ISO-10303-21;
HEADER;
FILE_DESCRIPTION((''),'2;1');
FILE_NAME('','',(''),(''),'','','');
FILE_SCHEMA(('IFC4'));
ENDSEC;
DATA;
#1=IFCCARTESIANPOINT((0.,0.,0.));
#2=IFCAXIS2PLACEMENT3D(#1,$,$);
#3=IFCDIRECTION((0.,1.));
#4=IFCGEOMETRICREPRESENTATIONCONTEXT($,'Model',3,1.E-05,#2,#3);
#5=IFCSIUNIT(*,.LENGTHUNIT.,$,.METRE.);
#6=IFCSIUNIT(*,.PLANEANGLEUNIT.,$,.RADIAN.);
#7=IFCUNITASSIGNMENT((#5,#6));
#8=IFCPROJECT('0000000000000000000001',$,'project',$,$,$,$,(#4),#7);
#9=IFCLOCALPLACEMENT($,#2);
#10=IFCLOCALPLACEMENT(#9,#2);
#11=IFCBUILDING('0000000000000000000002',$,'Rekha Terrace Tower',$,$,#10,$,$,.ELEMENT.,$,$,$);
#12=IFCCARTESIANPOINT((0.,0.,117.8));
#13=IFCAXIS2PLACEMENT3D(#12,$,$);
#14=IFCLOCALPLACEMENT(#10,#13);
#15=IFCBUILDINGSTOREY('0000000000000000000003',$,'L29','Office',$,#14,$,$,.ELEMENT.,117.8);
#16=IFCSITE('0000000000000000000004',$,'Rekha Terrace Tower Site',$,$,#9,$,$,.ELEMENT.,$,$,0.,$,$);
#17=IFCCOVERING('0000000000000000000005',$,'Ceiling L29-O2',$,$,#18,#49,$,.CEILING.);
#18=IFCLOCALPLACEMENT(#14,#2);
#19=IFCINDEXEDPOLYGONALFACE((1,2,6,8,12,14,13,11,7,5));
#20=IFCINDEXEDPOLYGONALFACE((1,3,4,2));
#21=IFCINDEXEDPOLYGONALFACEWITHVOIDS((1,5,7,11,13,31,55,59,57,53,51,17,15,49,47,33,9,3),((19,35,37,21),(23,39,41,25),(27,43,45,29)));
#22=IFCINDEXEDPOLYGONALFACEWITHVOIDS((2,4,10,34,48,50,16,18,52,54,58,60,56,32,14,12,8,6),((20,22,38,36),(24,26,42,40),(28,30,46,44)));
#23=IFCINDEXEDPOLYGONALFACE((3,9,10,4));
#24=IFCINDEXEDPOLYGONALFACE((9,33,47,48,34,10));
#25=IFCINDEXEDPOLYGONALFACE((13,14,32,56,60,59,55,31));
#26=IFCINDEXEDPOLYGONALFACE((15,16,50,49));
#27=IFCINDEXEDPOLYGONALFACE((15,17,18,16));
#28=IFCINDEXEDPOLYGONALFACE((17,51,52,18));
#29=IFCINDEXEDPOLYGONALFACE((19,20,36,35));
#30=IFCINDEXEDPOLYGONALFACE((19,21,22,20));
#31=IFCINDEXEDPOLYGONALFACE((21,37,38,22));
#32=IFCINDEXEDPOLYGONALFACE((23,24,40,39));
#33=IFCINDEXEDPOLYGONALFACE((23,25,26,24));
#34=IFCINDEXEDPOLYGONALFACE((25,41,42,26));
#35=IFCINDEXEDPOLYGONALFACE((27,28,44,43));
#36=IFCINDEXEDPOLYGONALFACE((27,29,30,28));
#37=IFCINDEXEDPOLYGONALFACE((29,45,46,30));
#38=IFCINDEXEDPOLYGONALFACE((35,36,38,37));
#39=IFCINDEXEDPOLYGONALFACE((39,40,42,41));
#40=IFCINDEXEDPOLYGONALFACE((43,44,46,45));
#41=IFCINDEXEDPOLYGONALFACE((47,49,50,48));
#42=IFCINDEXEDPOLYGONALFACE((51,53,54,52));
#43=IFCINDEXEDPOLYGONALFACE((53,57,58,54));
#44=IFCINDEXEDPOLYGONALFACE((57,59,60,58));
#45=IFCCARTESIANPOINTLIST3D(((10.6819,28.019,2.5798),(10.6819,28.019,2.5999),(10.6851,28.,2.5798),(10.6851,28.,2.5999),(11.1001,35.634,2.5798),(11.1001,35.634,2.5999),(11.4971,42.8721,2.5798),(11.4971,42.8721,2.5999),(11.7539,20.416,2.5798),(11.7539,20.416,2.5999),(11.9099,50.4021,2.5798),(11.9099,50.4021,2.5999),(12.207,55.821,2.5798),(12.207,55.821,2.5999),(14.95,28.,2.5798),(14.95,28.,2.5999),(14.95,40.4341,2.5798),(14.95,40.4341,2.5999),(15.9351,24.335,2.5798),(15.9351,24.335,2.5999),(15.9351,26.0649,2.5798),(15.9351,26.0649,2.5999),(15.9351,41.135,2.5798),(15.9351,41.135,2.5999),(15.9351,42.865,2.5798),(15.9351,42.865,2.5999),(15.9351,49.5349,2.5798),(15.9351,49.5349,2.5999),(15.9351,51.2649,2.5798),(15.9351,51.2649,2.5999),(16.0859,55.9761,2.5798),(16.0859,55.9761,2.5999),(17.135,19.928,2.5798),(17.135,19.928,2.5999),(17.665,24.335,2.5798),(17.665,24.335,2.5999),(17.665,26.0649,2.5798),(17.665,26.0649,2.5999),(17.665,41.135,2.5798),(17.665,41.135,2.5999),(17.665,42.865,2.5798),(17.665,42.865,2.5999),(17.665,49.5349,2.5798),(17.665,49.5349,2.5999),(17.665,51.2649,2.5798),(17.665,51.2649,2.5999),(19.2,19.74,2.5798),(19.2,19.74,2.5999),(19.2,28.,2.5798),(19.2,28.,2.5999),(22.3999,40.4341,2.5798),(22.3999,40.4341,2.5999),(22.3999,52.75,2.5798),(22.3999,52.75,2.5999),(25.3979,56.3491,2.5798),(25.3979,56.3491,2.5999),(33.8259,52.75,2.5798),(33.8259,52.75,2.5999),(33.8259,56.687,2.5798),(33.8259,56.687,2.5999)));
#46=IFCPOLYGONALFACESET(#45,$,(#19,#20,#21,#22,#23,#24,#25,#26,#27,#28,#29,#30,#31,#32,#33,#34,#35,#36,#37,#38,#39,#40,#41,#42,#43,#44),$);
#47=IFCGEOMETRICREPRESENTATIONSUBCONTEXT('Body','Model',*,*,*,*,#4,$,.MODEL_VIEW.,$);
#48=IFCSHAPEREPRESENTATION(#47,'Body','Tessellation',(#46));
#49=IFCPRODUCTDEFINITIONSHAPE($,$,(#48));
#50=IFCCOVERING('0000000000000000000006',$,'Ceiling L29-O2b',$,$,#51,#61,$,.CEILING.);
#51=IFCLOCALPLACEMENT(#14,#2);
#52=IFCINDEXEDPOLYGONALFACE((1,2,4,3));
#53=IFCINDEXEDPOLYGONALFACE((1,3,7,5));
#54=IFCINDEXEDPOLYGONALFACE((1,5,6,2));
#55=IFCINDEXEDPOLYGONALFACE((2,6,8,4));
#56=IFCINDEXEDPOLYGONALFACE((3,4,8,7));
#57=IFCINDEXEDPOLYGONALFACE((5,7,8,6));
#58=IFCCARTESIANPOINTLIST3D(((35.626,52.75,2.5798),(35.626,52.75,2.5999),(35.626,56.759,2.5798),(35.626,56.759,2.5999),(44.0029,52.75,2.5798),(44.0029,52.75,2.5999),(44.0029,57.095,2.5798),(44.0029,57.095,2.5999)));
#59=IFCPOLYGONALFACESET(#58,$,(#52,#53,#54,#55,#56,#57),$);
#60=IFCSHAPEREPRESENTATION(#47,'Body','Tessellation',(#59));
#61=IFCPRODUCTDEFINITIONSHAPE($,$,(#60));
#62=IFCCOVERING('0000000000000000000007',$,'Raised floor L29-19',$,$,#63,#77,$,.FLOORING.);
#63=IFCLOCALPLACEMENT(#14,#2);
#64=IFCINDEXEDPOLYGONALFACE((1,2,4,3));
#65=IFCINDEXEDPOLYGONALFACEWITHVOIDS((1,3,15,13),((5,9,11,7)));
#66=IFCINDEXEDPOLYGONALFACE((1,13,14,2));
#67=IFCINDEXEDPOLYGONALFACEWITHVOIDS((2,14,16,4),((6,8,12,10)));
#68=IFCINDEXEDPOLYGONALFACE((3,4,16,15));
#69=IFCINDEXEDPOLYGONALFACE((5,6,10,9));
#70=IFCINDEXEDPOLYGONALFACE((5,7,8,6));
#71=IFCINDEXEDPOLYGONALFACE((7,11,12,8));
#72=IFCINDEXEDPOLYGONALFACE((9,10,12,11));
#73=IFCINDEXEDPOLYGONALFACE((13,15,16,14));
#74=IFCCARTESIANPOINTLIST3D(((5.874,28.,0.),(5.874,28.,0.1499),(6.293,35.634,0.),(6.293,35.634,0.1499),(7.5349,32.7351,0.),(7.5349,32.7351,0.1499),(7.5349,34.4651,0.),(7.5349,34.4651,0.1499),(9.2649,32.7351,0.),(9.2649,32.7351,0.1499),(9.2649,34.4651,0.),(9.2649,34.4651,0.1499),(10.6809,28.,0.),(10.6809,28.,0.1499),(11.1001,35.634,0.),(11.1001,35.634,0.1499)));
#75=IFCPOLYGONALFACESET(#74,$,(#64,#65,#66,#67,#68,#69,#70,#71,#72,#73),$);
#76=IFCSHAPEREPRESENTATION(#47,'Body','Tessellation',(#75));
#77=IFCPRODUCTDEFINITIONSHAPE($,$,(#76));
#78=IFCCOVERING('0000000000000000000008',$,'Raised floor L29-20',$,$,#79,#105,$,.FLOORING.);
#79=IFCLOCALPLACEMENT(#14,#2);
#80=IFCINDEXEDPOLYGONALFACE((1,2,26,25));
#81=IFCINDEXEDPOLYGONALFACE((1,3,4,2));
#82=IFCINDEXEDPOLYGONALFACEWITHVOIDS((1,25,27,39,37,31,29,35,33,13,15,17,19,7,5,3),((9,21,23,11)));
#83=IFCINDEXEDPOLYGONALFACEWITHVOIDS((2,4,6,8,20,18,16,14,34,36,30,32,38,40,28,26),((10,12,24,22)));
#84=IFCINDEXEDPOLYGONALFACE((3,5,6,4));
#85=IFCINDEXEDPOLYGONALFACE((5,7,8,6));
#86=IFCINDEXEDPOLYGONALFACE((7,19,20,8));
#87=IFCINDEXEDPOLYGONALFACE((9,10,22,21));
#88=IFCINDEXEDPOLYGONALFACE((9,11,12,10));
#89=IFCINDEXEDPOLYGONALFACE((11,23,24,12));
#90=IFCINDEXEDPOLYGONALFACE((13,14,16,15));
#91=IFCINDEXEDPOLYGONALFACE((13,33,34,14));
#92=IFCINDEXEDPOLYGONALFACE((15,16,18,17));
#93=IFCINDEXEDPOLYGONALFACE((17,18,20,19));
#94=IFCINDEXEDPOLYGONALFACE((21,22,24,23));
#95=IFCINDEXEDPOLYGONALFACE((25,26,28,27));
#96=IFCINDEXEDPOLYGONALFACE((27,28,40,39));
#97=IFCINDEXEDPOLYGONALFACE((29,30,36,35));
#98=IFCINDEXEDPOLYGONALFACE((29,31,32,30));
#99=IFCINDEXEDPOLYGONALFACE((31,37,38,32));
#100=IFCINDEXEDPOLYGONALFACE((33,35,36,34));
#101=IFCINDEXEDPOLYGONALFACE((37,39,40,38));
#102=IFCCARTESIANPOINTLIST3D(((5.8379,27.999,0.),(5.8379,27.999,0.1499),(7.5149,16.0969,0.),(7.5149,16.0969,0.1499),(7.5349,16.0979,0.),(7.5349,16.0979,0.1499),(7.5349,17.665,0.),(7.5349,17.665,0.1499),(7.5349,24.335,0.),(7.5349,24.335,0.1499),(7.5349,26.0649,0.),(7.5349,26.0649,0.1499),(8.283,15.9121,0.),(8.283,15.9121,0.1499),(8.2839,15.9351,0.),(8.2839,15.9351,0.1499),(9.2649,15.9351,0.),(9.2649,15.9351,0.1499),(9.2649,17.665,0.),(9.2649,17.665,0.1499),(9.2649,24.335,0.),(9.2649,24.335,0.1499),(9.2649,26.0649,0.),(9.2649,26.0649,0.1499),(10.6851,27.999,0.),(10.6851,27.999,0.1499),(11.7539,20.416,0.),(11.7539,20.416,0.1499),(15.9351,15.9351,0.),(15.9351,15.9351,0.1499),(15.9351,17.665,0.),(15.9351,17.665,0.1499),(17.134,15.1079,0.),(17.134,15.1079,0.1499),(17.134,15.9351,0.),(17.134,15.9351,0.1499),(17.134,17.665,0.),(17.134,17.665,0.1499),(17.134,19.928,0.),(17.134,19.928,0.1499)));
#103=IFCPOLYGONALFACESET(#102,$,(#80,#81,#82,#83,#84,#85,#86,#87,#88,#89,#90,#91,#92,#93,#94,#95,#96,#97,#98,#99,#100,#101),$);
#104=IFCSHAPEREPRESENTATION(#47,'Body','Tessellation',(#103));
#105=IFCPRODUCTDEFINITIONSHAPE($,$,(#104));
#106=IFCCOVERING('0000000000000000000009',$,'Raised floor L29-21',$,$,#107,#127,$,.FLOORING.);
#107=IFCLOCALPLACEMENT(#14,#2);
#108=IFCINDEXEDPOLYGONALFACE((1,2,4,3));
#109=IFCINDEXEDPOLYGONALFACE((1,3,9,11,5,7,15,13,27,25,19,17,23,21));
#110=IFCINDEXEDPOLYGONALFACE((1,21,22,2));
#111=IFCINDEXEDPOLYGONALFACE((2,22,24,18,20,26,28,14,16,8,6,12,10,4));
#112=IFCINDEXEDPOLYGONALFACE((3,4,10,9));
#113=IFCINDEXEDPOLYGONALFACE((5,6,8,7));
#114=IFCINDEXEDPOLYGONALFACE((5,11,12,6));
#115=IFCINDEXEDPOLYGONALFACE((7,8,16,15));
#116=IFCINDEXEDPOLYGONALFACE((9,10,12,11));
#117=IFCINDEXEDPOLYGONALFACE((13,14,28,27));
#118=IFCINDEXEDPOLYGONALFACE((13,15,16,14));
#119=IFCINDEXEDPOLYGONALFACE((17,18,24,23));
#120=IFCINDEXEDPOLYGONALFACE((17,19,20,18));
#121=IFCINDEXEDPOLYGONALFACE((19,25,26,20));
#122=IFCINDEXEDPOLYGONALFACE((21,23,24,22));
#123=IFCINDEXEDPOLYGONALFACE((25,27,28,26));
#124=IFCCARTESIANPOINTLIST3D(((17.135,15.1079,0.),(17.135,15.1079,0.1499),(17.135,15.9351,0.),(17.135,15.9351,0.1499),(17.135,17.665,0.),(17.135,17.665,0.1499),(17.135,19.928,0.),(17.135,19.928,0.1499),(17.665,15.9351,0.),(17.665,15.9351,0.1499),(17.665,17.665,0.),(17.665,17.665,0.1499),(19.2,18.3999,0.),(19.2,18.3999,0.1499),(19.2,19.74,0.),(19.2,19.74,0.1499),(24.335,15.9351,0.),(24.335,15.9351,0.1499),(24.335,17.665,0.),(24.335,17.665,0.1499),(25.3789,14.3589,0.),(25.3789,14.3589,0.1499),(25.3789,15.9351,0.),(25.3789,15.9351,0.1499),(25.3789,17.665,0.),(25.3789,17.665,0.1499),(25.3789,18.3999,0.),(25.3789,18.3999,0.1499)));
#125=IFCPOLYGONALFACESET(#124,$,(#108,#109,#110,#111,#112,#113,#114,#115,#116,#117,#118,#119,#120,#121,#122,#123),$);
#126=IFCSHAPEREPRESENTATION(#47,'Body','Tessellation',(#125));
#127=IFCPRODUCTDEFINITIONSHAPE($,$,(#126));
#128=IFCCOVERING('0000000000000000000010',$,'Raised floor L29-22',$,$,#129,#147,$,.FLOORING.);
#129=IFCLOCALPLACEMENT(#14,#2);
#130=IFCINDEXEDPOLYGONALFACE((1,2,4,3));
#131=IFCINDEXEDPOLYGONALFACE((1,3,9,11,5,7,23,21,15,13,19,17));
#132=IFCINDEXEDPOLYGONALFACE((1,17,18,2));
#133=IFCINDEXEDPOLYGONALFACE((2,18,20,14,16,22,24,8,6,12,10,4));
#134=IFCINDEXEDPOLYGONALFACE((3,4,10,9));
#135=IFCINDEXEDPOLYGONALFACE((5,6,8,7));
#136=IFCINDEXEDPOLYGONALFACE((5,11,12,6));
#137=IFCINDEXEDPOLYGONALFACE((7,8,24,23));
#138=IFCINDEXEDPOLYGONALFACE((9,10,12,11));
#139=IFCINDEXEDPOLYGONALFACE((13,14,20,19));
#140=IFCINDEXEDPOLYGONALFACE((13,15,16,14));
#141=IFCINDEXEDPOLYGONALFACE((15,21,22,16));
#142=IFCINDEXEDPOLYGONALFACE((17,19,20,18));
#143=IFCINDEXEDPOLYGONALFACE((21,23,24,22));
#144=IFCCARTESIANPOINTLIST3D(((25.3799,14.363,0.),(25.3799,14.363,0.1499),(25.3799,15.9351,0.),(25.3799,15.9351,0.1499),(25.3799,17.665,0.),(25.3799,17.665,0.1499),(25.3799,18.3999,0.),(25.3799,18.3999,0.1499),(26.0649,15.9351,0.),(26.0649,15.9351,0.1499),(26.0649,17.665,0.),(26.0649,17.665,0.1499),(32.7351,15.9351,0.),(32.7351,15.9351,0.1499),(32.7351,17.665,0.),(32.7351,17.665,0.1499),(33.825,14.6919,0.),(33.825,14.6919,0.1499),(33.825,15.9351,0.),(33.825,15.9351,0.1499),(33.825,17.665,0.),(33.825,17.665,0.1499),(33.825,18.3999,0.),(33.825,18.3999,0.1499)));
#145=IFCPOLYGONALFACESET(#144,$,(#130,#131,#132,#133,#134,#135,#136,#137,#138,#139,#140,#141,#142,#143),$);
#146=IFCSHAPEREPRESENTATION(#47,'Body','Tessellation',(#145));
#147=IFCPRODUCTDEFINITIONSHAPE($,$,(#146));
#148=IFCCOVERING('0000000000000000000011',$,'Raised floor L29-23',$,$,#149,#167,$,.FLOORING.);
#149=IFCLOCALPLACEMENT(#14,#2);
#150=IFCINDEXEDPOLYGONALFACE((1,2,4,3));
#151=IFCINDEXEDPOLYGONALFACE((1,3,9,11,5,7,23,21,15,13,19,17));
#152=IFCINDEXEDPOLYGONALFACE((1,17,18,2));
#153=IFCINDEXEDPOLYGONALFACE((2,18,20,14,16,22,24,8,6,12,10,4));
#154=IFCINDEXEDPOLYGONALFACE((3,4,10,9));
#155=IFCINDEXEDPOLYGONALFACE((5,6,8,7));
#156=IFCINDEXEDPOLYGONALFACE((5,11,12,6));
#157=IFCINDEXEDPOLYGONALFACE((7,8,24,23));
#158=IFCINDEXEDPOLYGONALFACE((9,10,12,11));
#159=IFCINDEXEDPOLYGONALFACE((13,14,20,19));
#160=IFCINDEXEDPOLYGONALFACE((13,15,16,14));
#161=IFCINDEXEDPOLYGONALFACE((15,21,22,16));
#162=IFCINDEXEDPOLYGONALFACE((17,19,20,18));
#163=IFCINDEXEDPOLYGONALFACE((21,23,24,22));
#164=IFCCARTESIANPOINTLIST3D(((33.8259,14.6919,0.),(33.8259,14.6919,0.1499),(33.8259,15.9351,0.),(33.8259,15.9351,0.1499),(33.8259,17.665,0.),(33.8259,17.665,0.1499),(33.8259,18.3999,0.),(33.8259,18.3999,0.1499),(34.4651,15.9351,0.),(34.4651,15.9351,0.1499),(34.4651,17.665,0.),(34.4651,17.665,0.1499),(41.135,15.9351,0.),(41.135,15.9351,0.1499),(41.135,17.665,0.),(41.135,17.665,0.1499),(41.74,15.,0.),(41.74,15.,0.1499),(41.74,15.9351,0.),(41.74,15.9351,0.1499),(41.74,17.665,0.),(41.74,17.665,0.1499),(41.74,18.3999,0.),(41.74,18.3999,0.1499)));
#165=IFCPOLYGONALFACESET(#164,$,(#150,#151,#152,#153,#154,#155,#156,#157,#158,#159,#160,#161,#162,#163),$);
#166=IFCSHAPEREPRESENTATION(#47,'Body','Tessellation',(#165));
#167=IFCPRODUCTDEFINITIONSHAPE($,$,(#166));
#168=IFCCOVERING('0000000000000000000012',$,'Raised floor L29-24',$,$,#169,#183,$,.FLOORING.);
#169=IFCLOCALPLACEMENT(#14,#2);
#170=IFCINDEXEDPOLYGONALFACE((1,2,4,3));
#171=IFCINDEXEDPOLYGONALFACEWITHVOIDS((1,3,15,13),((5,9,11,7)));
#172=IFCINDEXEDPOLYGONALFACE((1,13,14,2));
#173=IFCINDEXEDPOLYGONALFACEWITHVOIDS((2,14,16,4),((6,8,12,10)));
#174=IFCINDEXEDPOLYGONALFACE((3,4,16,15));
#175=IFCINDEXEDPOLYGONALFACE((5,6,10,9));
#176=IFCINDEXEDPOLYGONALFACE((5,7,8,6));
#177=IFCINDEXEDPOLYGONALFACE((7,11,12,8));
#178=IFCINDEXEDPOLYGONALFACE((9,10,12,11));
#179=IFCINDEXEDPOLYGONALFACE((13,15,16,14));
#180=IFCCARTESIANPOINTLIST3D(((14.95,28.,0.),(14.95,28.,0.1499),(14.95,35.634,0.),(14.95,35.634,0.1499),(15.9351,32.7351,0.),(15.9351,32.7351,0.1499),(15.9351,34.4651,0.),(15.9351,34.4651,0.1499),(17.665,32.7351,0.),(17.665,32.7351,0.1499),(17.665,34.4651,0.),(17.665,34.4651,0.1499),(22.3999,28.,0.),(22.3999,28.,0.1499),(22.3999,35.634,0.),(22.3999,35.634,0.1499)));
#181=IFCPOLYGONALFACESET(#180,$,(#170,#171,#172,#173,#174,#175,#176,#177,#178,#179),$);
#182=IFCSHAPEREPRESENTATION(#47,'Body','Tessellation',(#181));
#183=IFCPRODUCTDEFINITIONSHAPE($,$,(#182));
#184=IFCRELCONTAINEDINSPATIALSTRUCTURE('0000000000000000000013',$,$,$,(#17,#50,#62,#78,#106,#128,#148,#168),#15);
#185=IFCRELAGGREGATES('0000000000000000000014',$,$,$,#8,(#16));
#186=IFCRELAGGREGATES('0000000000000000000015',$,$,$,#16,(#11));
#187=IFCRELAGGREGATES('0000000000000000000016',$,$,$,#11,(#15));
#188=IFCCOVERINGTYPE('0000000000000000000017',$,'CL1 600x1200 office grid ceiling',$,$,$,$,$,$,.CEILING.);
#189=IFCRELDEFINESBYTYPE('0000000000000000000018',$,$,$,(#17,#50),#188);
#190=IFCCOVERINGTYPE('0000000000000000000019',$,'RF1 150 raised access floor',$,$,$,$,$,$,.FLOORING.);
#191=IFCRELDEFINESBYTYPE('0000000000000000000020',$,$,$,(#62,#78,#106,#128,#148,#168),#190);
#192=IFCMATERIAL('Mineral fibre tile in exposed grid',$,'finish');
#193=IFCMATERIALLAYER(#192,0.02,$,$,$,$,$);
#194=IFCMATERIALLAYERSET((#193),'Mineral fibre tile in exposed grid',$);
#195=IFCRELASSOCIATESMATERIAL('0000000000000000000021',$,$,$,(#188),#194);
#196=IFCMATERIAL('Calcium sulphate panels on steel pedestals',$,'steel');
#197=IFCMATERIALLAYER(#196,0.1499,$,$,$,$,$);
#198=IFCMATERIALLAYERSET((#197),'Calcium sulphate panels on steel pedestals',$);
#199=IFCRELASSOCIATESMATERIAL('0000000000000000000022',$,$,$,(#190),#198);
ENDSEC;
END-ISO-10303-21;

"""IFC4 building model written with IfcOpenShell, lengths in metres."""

from ifc_helpers import new_model, si_unit, direction, frame, origin, place, context, subcontext, project, spatial, polyline, outline, extrude, material, layer, layer_set, type_object, element, save


model = new_model("IFC4")

# Units and contexts
model_context = context("Model", 3, precision=1e-05, world=origin(), true_north=direction((0.0, 1.0)))
body_context = subcontext(model_context, "Body", "Model", "MODEL_VIEW")
ifc_project = project(units=[si_unit("LENGTHUNIT", "METRE"), si_unit("PLANEANGLEUNIT", "RADIAN")], contexts=[model_context])

# Site, building, storey
site_placement = place(None, origin())
site = spatial("IfcSite", under=ifc_project, at=site_placement, Name="Rekha Terrace Tower Site", CompositionType="ELEMENT", RefElevation=0.0)
building_placement = place(site_placement, origin())
building = spatial("IfcBuilding", under=site, at=building_placement, Name="Rekha Terrace Tower", CompositionType="ELEMENT")
storey_placement = place(building_placement, frame((0.0, 0.0, 117.8)))
storey = spatial("IfcBuildingStorey", under=building, at=storey_placement, Name="L29", Description="Office", CompositionType="ELEMENT", Elevation=117.8)

# Coverings
ifc_material_1 = material(Name="Mineral fibre tile in exposed grid", Category="finish")
ifc_layer_1 = layer(ifc_material_1, 0.02)
ifc_layer_set_1 = layer_set([ifc_layer_1], Name="Mineral fibre tile in exposed grid")
covering_type_1 = type_object("IfcCoveringType", Name="CL1 600x1200 office grid ceiling", PredefinedType="CEILING", material=ifc_layer_set_1)
covering_1_placement = place(storey_placement, frame((0.0, 0.0, 2.5798)))
element("IfcCovering", 1, at=covering_1_placement, inside=storey, type_object=covering_type_1, Name="Ceiling L29-O2", PredefinedType="CEILING", context=body_context, shape_type="SweptSolid", body=[
    extrude(outline(polyline([(10.6819, 28.019), (10.6851, 28.0), (11.7539, 20.416), (17.135, 19.928), (19.2, 19.74), (19.2, 28.0), (14.95, 28.0), (14.95, 40.4341), (22.3999, 40.4341), (22.3999, 52.75), (33.8259, 52.75), (33.8259, 56.687), (25.3979, 56.3491), (16.0859, 55.9761), (12.207, 55.821), (11.9099, 50.4021), (11.4971, 42.8721), (11.1001, 35.634), (10.6819, 28.019)]), holes=[polyline([(17.665, 26.0649), (17.665, 24.335), (15.9351, 24.335), (15.9351, 26.0649), (17.665, 26.0649)]), polyline([(17.665, 41.135), (15.9351, 41.135), (15.9351, 42.865), (17.665, 42.865), (17.665, 41.135)]), polyline([(17.665, 49.5349), (15.9351, 49.5349), (15.9351, 51.2649), (17.665, 51.2649), (17.665, 49.5349)])]), origin(), (0.0, 0.0, 1.0), 0.02),
])
covering_2_placement = place(storey_placement, frame((0.0, 0.0, 2.5798)))
element("IfcCovering", 2, at=covering_2_placement, inside=storey, type_object=covering_type_1, Name="Ceiling L29-O2b", PredefinedType="CEILING", context=body_context, shape_type="SweptSolid", body=[
    extrude(outline(polyline([(44.0029, 52.75), (44.0029, 57.095), (35.626, 56.759), (35.626, 52.75), (44.0029, 52.75)])), origin(), (0.0, 0.0, 1.0), 0.02),
])
ifc_material_2 = material(Name="Calcium sulphate panels on steel pedestals", Category="steel")
ifc_layer_2 = layer(ifc_material_2, 0.1499)
ifc_layer_set_2 = layer_set([ifc_layer_2], Name="Calcium sulphate panels on steel pedestals")
covering_type_2 = type_object("IfcCoveringType", Name="RF1 150 raised access floor", PredefinedType="FLOORING", material=ifc_layer_set_2)
covering_3_placement = place(storey_placement, origin())
element("IfcCovering", 3, at=covering_3_placement, inside=storey, type_object=covering_type_2, Name="Raised floor L29-19", PredefinedType="FLOORING", context=body_context, shape_type="SweptSolid", body=[
    extrude(outline(polyline([(5.874, 28.0), (10.6809, 28.0), (11.1001, 35.634), (6.293, 35.634), (5.874, 28.0)]), holes=[polyline([(9.2649, 32.7351), (7.5349, 32.7351), (7.5349, 34.4651), (9.2649, 34.4651), (9.2649, 32.7351)])]), origin(), (0.0, 0.0, 1.0), 0.1499),
])
covering_4_placement = place(storey_placement, origin())
element("IfcCovering", 4, at=covering_4_placement, inside=storey, type_object=covering_type_2, Name="Raised floor L29-20", PredefinedType="FLOORING", context=body_context, shape_type="SweptSolid", body=[
    extrude(outline(polyline([(7.5149, 16.0969), (7.5349, 16.0979), (7.5349, 17.665), (9.2649, 17.665), (9.2649, 15.9351), (8.2839, 15.9351), (8.283, 15.9121), (17.134, 15.1079), (17.134, 15.9351), (15.9351, 15.9351), (15.9351, 17.665), (17.134, 17.665), (17.134, 19.928), (11.7539, 20.416), (10.6851, 27.999), (5.8379, 27.999), (7.5149, 16.0969)]), holes=[polyline([(9.2649, 24.335), (7.5349, 24.335), (7.5349, 26.0649), (9.2649, 26.0649), (9.2649, 24.335)])]), origin(), (0.0, 0.0, 1.0), 0.1499),
])
covering_5_placement = place(storey_placement, origin())
element("IfcCovering", 5, at=covering_5_placement, inside=storey, type_object=covering_type_2, Name="Raised floor L29-21", PredefinedType="FLOORING", context=body_context, shape_type="SweptSolid", body=[
    extrude(outline(polyline([(25.3789, 17.665), (25.3789, 18.3999), (19.2, 18.3999), (19.2, 19.74), (17.135, 19.928), (17.135, 17.665), (17.665, 17.665), (17.665, 15.9351), (17.135, 15.9351), (17.135, 15.1079), (25.3789, 14.3589), (25.3789, 15.9351), (24.335, 15.9351), (24.335, 17.665), (25.3789, 17.665)])), origin(), (0.0, 0.0, 1.0), 0.1499),
])
covering_6_placement = place(storey_placement, origin())
element("IfcCovering", 6, at=covering_6_placement, inside=storey, type_object=covering_type_2, Name="Raised floor L29-22", PredefinedType="FLOORING", context=body_context, shape_type="SweptSolid", body=[
    extrude(outline(polyline([(25.3799, 15.9351), (25.3799, 14.363), (33.825, 14.6919), (33.825, 15.9351), (32.7351, 15.9351), (32.7351, 17.665), (33.825, 17.665), (33.825, 18.3999), (25.3799, 18.3999), (25.3799, 17.665), (26.0649, 17.665), (26.0649, 15.9351), (25.3799, 15.9351)])), origin(), (0.0, 0.0, 1.0), 0.1499),
])
covering_7_placement = place(storey_placement, origin())
element("IfcCovering", 7, at=covering_7_placement, inside=storey, type_object=covering_type_2, Name="Raised floor L29-23", PredefinedType="FLOORING", context=body_context, shape_type="SweptSolid", body=[
    extrude(outline(polyline([(33.8259, 15.9351), (33.8259, 14.6919), (41.74, 15.0), (41.74, 15.9351), (41.135, 15.9351), (41.135, 17.665), (41.74, 17.665), (41.74, 18.3999), (33.8259, 18.3999), (33.8259, 17.665), (34.4651, 17.665), (34.4651, 15.9351), (33.8259, 15.9351)])), origin(), (0.0, 0.0, 1.0), 0.1499),
])
covering_8_placement = place(storey_placement, origin())
element("IfcCovering", 8, at=covering_8_placement, inside=storey, type_object=covering_type_2, Name="Raised floor L29-24", PredefinedType="FLOORING", context=body_context, shape_type="SweptSolid", body=[
    extrude(outline(polyline([(22.3999, 35.634), (14.95, 35.634), (14.95, 28.0), (22.3999, 28.0), (22.3999, 35.634)]), holes=[polyline([(17.665, 34.4651), (17.665, 32.7351), (15.9351, 32.7351), (15.9351, 34.4651), (17.665, 34.4651)])]), origin(), (0.0, 0.0, 1.0), 0.1499),
])

save(model, "model.ifc")
